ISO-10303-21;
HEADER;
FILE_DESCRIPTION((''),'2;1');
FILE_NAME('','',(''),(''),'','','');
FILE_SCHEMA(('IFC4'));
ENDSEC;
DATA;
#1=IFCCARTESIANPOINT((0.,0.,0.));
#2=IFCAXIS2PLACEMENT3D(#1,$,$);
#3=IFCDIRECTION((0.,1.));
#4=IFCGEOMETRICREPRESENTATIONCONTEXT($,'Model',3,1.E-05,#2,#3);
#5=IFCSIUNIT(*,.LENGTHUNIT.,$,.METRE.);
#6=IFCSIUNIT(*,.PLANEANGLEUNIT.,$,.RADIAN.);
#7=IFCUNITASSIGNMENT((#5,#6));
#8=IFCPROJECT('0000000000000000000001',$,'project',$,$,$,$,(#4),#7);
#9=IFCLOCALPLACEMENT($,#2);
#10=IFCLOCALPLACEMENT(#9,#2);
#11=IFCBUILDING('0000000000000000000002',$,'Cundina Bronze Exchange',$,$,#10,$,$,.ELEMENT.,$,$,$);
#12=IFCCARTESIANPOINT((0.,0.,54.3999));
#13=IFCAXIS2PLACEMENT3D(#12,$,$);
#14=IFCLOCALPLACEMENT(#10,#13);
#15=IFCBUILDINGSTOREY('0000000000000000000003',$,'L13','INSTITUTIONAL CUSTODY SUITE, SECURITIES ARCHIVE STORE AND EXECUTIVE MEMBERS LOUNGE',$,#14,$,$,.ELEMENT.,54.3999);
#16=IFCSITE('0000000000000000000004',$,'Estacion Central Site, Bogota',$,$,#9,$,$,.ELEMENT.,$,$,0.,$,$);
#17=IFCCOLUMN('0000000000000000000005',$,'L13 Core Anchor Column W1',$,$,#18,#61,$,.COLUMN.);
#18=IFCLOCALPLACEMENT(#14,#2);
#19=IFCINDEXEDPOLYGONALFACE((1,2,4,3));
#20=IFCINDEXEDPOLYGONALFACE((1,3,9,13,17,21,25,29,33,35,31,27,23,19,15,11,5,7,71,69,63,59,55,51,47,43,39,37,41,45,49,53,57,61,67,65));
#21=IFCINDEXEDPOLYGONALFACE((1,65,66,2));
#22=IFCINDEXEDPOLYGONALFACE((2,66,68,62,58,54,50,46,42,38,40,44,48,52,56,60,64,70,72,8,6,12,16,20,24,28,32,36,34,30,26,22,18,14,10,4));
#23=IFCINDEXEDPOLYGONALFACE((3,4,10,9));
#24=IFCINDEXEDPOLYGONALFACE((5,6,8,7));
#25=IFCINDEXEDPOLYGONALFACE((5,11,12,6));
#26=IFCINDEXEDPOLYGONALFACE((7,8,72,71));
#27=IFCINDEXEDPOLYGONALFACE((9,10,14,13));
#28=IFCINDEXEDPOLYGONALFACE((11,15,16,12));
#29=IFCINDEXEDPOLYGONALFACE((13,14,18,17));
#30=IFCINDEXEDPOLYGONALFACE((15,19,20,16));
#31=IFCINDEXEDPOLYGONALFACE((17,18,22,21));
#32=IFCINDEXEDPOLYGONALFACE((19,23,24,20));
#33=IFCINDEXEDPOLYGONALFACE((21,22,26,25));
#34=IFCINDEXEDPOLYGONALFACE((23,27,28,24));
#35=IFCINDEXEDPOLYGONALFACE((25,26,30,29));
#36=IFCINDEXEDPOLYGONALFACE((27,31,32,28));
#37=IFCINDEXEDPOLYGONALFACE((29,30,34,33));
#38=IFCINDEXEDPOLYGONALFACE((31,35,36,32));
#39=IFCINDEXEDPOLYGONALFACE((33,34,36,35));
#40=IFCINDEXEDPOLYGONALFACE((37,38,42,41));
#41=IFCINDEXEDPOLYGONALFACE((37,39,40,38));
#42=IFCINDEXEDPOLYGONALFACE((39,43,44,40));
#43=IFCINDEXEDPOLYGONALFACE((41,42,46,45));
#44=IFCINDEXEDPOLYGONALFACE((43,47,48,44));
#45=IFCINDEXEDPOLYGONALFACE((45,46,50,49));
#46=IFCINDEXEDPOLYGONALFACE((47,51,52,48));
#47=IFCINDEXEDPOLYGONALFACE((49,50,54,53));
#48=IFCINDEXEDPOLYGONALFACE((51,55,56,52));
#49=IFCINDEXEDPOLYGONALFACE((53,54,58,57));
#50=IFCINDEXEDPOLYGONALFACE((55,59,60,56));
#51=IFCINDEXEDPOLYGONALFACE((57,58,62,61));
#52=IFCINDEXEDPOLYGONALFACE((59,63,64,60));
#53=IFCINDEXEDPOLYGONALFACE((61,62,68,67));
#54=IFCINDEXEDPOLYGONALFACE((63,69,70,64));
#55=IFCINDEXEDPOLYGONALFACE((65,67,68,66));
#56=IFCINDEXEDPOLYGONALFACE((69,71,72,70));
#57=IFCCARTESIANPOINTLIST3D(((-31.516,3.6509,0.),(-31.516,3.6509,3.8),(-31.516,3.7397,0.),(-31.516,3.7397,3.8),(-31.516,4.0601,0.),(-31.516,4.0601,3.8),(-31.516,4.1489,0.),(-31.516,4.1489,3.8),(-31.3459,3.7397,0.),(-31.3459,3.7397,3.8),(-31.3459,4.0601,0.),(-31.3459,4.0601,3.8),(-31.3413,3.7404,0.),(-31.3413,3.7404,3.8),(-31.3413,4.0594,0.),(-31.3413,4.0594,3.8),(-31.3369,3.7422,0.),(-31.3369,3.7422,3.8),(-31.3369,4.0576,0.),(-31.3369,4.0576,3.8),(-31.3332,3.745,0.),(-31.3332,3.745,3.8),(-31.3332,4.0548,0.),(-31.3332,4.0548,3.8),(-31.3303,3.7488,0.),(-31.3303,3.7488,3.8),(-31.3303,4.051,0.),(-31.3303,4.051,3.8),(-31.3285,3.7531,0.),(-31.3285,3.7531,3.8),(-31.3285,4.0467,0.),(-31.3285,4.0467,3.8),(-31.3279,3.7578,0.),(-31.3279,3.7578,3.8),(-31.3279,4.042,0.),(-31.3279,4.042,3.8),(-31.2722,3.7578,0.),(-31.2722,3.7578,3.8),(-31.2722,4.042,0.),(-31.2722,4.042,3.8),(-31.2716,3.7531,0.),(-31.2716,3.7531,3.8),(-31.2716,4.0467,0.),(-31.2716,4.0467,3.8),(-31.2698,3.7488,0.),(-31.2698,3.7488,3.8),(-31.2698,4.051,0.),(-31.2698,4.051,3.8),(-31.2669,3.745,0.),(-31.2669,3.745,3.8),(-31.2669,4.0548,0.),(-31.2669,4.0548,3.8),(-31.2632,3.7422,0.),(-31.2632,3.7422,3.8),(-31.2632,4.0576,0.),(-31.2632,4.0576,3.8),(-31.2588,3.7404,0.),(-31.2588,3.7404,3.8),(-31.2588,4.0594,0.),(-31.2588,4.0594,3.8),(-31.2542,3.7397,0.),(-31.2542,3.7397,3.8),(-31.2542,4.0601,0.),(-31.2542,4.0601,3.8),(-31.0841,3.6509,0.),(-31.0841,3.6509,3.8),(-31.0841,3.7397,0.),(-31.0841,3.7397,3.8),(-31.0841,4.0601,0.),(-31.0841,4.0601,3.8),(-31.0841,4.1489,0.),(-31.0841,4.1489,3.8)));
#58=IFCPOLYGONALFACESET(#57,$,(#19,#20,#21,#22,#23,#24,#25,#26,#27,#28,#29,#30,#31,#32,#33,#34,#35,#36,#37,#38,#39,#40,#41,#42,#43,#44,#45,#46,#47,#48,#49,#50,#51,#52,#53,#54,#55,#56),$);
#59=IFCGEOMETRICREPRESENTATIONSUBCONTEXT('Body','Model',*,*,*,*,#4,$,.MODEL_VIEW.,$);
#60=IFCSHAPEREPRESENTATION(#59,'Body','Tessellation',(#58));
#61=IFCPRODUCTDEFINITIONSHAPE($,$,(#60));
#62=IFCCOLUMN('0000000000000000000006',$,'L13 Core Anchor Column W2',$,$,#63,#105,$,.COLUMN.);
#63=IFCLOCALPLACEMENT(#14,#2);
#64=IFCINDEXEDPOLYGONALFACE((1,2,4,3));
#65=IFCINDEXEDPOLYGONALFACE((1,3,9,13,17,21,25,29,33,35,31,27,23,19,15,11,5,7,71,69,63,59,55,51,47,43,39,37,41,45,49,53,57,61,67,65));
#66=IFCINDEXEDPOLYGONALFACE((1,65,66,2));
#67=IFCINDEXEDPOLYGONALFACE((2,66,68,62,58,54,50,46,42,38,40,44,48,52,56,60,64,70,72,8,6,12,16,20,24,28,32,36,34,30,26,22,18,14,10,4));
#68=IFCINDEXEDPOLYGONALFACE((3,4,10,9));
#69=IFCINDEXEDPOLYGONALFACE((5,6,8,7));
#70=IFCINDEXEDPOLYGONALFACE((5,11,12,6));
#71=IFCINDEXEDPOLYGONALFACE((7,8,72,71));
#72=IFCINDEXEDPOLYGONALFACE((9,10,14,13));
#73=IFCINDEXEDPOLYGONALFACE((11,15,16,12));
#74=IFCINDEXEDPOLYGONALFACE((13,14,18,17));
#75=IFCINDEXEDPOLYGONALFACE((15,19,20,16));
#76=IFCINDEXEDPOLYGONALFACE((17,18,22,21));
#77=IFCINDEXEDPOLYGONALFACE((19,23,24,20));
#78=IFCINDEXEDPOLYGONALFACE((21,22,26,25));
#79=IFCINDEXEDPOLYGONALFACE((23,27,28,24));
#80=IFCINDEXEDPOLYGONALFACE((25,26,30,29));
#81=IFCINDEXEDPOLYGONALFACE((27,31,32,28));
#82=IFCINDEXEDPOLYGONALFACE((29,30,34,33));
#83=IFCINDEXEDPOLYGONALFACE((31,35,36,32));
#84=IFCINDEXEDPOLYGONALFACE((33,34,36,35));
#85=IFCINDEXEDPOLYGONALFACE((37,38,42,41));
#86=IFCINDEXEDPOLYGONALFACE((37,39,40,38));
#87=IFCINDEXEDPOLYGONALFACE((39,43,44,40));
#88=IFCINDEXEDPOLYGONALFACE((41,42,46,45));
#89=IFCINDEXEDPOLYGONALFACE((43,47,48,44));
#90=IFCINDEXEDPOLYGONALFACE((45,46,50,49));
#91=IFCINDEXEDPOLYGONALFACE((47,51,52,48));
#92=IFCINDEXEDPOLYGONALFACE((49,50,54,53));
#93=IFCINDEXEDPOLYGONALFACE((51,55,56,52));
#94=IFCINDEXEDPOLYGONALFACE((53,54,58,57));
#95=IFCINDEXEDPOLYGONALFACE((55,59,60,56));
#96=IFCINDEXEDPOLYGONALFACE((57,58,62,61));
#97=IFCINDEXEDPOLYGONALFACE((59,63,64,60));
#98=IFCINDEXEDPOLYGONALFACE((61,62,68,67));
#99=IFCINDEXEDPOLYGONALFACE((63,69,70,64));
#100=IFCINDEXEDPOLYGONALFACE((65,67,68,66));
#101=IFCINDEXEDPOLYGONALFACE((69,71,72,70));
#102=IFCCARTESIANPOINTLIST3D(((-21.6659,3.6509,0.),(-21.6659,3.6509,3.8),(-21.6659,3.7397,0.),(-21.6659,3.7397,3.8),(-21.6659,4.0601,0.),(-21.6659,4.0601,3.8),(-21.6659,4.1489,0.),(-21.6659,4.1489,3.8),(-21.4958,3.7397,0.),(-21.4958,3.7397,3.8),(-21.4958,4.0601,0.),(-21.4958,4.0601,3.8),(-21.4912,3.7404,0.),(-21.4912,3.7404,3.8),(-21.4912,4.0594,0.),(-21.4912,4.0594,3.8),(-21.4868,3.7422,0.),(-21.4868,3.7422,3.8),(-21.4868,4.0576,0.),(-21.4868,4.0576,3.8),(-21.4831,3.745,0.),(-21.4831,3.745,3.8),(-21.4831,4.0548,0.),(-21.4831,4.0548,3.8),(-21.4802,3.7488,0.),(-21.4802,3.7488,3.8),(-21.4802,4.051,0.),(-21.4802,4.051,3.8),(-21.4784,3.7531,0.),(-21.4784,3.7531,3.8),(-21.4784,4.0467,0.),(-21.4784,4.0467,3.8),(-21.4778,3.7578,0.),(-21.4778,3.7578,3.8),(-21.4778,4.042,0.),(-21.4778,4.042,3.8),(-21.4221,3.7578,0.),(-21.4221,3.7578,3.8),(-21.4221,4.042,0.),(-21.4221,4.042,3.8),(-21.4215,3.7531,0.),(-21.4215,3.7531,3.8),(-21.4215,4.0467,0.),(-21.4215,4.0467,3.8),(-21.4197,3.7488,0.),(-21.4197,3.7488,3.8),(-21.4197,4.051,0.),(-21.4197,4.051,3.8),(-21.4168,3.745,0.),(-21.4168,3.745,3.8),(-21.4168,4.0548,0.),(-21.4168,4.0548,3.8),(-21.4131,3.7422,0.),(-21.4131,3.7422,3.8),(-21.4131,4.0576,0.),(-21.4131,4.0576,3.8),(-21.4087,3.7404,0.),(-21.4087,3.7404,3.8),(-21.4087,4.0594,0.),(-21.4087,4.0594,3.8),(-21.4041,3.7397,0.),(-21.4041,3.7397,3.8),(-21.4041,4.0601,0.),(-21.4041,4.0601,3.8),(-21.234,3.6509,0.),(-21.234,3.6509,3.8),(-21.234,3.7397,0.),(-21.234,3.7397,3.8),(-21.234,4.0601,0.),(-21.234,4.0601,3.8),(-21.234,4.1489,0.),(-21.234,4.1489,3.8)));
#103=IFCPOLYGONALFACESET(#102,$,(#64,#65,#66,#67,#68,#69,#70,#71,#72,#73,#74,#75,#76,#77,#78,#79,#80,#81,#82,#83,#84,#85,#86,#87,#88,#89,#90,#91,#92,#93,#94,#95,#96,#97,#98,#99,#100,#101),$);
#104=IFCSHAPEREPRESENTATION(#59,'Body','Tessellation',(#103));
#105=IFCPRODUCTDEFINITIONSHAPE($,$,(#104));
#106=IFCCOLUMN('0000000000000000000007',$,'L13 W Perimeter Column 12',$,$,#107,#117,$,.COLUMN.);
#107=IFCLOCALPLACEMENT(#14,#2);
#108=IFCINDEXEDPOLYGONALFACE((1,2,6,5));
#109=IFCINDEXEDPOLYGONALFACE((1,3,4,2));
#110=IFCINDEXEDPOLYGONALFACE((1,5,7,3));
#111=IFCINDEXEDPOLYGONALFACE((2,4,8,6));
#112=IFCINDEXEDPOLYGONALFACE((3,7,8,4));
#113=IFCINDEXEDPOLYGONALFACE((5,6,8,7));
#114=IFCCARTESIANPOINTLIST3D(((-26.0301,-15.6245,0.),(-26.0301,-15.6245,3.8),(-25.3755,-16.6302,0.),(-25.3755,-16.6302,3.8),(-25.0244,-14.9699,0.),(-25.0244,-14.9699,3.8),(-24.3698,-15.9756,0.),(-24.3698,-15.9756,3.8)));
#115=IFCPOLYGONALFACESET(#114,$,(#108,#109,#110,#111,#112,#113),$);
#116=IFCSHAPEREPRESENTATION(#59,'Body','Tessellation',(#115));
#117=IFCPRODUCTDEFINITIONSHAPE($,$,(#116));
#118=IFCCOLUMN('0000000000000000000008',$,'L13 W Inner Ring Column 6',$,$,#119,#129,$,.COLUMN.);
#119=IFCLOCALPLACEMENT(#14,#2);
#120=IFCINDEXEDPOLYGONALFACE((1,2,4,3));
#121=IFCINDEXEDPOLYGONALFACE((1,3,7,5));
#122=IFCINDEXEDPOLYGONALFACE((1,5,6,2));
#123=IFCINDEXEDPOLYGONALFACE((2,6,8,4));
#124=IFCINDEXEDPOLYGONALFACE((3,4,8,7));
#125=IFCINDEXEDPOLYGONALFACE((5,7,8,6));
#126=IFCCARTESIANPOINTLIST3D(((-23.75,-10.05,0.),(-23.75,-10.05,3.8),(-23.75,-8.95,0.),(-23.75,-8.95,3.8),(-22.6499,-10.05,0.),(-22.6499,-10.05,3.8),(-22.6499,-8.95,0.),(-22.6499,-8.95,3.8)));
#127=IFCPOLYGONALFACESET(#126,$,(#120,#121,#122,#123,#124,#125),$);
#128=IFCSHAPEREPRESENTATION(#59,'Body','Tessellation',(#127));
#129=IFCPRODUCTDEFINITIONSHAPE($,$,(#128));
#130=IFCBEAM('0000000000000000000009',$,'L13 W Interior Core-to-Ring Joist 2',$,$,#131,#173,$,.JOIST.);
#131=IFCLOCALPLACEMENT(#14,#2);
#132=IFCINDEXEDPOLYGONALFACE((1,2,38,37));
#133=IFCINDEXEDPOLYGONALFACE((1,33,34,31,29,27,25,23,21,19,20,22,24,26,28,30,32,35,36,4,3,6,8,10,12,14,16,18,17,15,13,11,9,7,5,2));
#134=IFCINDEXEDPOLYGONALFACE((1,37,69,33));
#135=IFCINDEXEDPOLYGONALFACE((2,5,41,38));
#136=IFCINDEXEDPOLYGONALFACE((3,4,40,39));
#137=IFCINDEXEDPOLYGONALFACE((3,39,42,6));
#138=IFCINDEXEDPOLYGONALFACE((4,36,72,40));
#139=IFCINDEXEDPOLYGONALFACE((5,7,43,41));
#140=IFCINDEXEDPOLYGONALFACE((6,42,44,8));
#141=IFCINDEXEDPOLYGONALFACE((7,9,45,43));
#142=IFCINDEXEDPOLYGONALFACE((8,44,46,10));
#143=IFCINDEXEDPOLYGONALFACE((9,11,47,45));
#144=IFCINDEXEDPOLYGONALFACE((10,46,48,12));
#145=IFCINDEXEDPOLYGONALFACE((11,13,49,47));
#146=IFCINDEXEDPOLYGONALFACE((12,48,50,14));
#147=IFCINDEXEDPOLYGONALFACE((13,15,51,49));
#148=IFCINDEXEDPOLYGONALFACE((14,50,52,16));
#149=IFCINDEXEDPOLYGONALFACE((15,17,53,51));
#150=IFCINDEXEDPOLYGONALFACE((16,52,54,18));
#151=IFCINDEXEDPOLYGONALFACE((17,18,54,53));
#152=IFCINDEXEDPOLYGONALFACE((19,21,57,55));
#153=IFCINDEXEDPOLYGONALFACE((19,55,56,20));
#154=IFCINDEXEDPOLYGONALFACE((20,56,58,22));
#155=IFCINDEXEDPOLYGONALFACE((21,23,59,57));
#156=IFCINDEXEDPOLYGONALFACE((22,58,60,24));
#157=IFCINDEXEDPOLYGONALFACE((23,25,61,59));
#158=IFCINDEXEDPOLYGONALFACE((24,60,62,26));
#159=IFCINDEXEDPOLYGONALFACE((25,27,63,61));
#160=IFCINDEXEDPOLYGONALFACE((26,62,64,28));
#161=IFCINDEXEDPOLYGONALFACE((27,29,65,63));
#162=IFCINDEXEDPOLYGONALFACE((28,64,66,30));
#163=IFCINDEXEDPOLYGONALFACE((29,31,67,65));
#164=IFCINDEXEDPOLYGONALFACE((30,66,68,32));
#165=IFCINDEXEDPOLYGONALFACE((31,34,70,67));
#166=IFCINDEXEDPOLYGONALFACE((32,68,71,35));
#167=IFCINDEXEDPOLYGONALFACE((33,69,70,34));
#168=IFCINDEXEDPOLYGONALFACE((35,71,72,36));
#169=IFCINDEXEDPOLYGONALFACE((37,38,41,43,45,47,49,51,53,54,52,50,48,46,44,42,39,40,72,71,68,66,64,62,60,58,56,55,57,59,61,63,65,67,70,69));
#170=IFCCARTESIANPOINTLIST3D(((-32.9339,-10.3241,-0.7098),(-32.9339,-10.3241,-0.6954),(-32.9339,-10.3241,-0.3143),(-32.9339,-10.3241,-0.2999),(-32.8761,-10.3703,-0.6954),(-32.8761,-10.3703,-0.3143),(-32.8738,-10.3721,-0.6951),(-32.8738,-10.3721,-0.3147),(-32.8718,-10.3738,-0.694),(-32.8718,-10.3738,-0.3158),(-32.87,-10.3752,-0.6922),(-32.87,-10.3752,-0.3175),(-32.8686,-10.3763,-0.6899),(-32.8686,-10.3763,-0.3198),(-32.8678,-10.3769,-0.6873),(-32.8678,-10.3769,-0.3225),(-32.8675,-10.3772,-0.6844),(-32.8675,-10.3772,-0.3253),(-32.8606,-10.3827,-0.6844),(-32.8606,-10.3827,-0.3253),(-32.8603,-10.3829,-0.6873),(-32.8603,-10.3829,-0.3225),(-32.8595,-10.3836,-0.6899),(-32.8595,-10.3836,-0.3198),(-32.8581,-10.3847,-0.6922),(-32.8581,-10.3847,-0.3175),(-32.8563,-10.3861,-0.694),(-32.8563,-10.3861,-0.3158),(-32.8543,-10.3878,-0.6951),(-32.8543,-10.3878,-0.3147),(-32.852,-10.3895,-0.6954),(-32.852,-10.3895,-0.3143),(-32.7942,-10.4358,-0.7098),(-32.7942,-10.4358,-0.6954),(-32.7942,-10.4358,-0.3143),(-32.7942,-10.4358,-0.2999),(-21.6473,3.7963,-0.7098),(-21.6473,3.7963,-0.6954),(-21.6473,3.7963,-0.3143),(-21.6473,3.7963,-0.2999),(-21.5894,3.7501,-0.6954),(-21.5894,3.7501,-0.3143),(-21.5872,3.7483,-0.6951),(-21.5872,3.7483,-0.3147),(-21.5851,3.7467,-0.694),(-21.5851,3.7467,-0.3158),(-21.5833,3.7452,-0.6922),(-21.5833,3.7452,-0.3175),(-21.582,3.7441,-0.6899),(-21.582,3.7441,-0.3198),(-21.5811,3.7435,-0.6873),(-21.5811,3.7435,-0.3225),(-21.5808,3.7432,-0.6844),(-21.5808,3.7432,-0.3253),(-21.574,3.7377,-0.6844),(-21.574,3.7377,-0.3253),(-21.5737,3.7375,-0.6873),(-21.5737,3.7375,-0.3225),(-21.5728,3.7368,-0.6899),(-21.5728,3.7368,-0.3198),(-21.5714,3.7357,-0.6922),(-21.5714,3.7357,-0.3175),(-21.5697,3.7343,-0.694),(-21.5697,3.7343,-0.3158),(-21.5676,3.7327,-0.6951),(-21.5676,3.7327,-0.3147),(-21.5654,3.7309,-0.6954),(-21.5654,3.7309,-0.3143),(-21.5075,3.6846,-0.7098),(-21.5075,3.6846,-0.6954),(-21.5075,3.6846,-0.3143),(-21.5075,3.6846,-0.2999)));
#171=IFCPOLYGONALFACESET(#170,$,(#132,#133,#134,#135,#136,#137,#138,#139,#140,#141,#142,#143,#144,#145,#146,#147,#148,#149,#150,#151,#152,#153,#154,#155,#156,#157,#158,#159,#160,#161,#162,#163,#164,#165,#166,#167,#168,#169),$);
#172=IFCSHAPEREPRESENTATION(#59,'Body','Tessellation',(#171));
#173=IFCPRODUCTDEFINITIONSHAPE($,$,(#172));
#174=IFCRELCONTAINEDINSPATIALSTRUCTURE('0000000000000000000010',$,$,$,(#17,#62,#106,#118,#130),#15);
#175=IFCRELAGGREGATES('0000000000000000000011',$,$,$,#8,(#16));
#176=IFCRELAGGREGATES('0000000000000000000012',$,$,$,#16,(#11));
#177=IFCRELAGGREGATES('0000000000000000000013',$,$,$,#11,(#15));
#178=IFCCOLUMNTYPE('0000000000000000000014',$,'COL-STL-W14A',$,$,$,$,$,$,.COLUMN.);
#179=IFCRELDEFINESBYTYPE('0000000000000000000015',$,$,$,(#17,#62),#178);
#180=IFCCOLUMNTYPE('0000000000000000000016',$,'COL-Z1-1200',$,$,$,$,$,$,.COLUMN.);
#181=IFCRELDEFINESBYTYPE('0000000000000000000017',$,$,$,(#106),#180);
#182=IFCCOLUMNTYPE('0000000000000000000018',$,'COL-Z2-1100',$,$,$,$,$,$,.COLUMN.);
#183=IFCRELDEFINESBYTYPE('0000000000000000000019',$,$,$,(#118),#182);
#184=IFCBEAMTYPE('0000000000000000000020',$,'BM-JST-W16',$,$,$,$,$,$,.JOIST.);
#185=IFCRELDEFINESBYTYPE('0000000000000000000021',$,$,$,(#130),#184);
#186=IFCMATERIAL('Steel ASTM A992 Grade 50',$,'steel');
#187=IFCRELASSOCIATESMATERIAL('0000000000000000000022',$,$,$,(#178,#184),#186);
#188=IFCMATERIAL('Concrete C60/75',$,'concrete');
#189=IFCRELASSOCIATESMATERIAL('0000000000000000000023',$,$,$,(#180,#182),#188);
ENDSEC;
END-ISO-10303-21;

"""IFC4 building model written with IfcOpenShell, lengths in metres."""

from ifc_helpers import new_model, si_unit, direction, frame, origin, origin_2d, place, context, subcontext, project, spatial, rectangle, i_section, extrude, material, material_profile, profile_set, type_object, element, save


model = new_model("IFC4")

# Units and contexts
model_context = context("Model", 3, precision=1e-05, world=origin(), true_north=direction((0.0, 1.0)))
body_context = subcontext(model_context, "Body", "Model", "MODEL_VIEW")
ifc_project = project(units=[si_unit("LENGTHUNIT", "METRE"), si_unit("PLANEANGLEUNIT", "RADIAN")], contexts=[model_context])

# Site, building, storey
site_placement = place(None, origin())
site = spatial("IfcSite", under=ifc_project, at=site_placement, Name="Estacion Central Site, Bogota", CompositionType="ELEMENT", RefElevation=0.0)
building_placement = place(site_placement, origin())
building = spatial("IfcBuilding", under=site, at=building_placement, Name="Cundina Bronze Exchange", CompositionType="ELEMENT")
storey_placement = place(building_placement, frame((0.0, 0.0, 54.3999)))
storey = spatial("IfcBuildingStorey", under=building, at=storey_placement, Name="L13", Description="INSTITUTIONAL CUSTODY SUITE, SECURITIES ARCHIVE STORE AND EXECUTIVE MEMBERS LOUNGE", CompositionType="ELEMENT", Elevation=54.3999)

# Columns
ifc_material_1 = material(Name="Steel ASTM A992 Grade 50", Category="steel")
ifc_material_profile_1 = material_profile(ifc_material_1, i_section(OverallWidth=0.4319, OverallDepth=0.498, WebThickness=0.0557, FlangeThickness=0.0889, FilletRadius=0.0181, at=origin_2d()), Name="W14X500", Category="steel")
ifc_profile_set_1 = profile_set([ifc_material_profile_1], Name="Steel ASTM A992 Grade 50")
column_type_1 = type_object("IfcColumnType", Name="COL-STL-W14A", PredefinedType="COLUMN", material=ifc_profile_set_1)
for number, where, z_axis, x_axis, name in (
    (1, (-31.3, 3.8999, 0.0), (0.0, 0.0, 1.0), (1.0, 0.0, 0.0), "L13 Core Anchor Column W1"),
    (2, (-21.45, 3.8999, 0.0), (0.0, 0.0, 1.0), (1.0, 0.0, 0.0), "L13 Core Anchor Column W2"),
):
    element("IfcColumn", number, at=place(storey_placement, frame(where, z_axis=z_axis, x_axis=x_axis)), inside=storey, type_object=column_type_1, Name=name, PredefinedType="COLUMN", context=body_context, shape_type="SweptSolid", body=[
        extrude(i_section(OverallWidth=0.4319, OverallDepth=0.498, WebThickness=0.0557, FlangeThickness=0.0889, FilletRadius=0.0181, at=origin_2d()), origin(), (0.0, 0.0, 1.0), 3.8),
    ])
ifc_material_2 = material(Name="Concrete C60/75", Category="concrete")
ifc_material_profile_2 = material_profile(ifc_material_2, rectangle(XDim=1.2, YDim=1.2, at=origin_2d()), Name="RC1200X1200", Category="concrete")
ifc_profile_set_2 = profile_set([ifc_material_profile_2], Name="Concrete C60/75")
column_type_2 = type_object("IfcColumnType", Name="COL-Z1-1200", PredefinedType="COLUMN", material=ifc_profile_set_2)
column_1_placement = place(storey_placement, frame((-25.2, -15.8, 0.0), z_axis=(0.0, 0.0, 1.0), x_axis=(0.8381, 0.545517, 0.0)))
element("IfcColumn", 3, at=column_1_placement, inside=storey, type_object=column_type_2, Name="L13 W Perimeter Column 12", PredefinedType="COLUMN", context=body_context, shape_type="SweptSolid", body=[
    extrude(rectangle(XDim=1.2, YDim=1.2, at=origin_2d()), origin(), (0.0, 0.0, 1.0), 3.8),
])
ifc_material_profile_3 = material_profile(ifc_material_2, rectangle(XDim=1.1001, YDim=1.1001, at=origin_2d()), Name="RC1100X1100", Category="concrete")
ifc_profile_set_3 = profile_set([ifc_material_profile_3], Name="Concrete C60/75")
column_type_3 = type_object("IfcColumnType", Name="COL-Z2-1100", PredefinedType="COLUMN", material=ifc_profile_set_3)
column_2_placement = place(storey_placement, frame((-23.2, -9.5, 0.0), z_axis=(0.0, 0.0, 1.0), x_axis=(1.0, 0.0, 0.0)))
element("IfcColumn", 4, at=column_2_placement, inside=storey, type_object=column_type_3, Name="L13 W Inner Ring Column 6", PredefinedType="COLUMN", context=body_context, shape_type="SweptSolid", body=[
    extrude(rectangle(XDim=1.1001, YDim=1.1001, at=origin_2d()), origin(), (0.0, 0.0, 1.0), 3.8),
])

# Beam
ifc_material_profile_4 = material_profile(ifc_material_1, i_section(OverallWidth=0.179, OverallDepth=0.4099, WebThickness=0.0088, FlangeThickness=0.0144, FilletRadius=0.011, at=origin_2d()), Name="W16X45", Category="steel")
ifc_profile_set_4 = profile_set([ifc_material_profile_4], Name="Steel ASTM A992 Grade 50")
beam_type_1 = type_object("IfcBeamType", Name="BM-JST-W16", PredefinedType="JOIST", material=ifc_profile_set_4)
beam_1_placement = place(storey_placement, frame((-21.5774, 3.7405, -0.5049), z_axis=(-0.624369, -0.78113, 0.0), x_axis=(0.78113, -0.624369, 0.0)))
element("IfcBeam", 5, at=beam_1_placement, inside=storey, type_object=beam_type_1, Name="L13 W Interior Core-to-Ring Joist 2", PredefinedType="JOIST", context=body_context, shape_type="SweptSolid", body=[
    extrude(i_section(OverallWidth=0.179, OverallDepth=0.4099, WebThickness=0.0088, FlangeThickness=0.0144, FilletRadius=0.011, at=origin_2d()), origin(), (0.0, 0.0, 1.0), 18.0769),
])

save(model, "model.ifc")
